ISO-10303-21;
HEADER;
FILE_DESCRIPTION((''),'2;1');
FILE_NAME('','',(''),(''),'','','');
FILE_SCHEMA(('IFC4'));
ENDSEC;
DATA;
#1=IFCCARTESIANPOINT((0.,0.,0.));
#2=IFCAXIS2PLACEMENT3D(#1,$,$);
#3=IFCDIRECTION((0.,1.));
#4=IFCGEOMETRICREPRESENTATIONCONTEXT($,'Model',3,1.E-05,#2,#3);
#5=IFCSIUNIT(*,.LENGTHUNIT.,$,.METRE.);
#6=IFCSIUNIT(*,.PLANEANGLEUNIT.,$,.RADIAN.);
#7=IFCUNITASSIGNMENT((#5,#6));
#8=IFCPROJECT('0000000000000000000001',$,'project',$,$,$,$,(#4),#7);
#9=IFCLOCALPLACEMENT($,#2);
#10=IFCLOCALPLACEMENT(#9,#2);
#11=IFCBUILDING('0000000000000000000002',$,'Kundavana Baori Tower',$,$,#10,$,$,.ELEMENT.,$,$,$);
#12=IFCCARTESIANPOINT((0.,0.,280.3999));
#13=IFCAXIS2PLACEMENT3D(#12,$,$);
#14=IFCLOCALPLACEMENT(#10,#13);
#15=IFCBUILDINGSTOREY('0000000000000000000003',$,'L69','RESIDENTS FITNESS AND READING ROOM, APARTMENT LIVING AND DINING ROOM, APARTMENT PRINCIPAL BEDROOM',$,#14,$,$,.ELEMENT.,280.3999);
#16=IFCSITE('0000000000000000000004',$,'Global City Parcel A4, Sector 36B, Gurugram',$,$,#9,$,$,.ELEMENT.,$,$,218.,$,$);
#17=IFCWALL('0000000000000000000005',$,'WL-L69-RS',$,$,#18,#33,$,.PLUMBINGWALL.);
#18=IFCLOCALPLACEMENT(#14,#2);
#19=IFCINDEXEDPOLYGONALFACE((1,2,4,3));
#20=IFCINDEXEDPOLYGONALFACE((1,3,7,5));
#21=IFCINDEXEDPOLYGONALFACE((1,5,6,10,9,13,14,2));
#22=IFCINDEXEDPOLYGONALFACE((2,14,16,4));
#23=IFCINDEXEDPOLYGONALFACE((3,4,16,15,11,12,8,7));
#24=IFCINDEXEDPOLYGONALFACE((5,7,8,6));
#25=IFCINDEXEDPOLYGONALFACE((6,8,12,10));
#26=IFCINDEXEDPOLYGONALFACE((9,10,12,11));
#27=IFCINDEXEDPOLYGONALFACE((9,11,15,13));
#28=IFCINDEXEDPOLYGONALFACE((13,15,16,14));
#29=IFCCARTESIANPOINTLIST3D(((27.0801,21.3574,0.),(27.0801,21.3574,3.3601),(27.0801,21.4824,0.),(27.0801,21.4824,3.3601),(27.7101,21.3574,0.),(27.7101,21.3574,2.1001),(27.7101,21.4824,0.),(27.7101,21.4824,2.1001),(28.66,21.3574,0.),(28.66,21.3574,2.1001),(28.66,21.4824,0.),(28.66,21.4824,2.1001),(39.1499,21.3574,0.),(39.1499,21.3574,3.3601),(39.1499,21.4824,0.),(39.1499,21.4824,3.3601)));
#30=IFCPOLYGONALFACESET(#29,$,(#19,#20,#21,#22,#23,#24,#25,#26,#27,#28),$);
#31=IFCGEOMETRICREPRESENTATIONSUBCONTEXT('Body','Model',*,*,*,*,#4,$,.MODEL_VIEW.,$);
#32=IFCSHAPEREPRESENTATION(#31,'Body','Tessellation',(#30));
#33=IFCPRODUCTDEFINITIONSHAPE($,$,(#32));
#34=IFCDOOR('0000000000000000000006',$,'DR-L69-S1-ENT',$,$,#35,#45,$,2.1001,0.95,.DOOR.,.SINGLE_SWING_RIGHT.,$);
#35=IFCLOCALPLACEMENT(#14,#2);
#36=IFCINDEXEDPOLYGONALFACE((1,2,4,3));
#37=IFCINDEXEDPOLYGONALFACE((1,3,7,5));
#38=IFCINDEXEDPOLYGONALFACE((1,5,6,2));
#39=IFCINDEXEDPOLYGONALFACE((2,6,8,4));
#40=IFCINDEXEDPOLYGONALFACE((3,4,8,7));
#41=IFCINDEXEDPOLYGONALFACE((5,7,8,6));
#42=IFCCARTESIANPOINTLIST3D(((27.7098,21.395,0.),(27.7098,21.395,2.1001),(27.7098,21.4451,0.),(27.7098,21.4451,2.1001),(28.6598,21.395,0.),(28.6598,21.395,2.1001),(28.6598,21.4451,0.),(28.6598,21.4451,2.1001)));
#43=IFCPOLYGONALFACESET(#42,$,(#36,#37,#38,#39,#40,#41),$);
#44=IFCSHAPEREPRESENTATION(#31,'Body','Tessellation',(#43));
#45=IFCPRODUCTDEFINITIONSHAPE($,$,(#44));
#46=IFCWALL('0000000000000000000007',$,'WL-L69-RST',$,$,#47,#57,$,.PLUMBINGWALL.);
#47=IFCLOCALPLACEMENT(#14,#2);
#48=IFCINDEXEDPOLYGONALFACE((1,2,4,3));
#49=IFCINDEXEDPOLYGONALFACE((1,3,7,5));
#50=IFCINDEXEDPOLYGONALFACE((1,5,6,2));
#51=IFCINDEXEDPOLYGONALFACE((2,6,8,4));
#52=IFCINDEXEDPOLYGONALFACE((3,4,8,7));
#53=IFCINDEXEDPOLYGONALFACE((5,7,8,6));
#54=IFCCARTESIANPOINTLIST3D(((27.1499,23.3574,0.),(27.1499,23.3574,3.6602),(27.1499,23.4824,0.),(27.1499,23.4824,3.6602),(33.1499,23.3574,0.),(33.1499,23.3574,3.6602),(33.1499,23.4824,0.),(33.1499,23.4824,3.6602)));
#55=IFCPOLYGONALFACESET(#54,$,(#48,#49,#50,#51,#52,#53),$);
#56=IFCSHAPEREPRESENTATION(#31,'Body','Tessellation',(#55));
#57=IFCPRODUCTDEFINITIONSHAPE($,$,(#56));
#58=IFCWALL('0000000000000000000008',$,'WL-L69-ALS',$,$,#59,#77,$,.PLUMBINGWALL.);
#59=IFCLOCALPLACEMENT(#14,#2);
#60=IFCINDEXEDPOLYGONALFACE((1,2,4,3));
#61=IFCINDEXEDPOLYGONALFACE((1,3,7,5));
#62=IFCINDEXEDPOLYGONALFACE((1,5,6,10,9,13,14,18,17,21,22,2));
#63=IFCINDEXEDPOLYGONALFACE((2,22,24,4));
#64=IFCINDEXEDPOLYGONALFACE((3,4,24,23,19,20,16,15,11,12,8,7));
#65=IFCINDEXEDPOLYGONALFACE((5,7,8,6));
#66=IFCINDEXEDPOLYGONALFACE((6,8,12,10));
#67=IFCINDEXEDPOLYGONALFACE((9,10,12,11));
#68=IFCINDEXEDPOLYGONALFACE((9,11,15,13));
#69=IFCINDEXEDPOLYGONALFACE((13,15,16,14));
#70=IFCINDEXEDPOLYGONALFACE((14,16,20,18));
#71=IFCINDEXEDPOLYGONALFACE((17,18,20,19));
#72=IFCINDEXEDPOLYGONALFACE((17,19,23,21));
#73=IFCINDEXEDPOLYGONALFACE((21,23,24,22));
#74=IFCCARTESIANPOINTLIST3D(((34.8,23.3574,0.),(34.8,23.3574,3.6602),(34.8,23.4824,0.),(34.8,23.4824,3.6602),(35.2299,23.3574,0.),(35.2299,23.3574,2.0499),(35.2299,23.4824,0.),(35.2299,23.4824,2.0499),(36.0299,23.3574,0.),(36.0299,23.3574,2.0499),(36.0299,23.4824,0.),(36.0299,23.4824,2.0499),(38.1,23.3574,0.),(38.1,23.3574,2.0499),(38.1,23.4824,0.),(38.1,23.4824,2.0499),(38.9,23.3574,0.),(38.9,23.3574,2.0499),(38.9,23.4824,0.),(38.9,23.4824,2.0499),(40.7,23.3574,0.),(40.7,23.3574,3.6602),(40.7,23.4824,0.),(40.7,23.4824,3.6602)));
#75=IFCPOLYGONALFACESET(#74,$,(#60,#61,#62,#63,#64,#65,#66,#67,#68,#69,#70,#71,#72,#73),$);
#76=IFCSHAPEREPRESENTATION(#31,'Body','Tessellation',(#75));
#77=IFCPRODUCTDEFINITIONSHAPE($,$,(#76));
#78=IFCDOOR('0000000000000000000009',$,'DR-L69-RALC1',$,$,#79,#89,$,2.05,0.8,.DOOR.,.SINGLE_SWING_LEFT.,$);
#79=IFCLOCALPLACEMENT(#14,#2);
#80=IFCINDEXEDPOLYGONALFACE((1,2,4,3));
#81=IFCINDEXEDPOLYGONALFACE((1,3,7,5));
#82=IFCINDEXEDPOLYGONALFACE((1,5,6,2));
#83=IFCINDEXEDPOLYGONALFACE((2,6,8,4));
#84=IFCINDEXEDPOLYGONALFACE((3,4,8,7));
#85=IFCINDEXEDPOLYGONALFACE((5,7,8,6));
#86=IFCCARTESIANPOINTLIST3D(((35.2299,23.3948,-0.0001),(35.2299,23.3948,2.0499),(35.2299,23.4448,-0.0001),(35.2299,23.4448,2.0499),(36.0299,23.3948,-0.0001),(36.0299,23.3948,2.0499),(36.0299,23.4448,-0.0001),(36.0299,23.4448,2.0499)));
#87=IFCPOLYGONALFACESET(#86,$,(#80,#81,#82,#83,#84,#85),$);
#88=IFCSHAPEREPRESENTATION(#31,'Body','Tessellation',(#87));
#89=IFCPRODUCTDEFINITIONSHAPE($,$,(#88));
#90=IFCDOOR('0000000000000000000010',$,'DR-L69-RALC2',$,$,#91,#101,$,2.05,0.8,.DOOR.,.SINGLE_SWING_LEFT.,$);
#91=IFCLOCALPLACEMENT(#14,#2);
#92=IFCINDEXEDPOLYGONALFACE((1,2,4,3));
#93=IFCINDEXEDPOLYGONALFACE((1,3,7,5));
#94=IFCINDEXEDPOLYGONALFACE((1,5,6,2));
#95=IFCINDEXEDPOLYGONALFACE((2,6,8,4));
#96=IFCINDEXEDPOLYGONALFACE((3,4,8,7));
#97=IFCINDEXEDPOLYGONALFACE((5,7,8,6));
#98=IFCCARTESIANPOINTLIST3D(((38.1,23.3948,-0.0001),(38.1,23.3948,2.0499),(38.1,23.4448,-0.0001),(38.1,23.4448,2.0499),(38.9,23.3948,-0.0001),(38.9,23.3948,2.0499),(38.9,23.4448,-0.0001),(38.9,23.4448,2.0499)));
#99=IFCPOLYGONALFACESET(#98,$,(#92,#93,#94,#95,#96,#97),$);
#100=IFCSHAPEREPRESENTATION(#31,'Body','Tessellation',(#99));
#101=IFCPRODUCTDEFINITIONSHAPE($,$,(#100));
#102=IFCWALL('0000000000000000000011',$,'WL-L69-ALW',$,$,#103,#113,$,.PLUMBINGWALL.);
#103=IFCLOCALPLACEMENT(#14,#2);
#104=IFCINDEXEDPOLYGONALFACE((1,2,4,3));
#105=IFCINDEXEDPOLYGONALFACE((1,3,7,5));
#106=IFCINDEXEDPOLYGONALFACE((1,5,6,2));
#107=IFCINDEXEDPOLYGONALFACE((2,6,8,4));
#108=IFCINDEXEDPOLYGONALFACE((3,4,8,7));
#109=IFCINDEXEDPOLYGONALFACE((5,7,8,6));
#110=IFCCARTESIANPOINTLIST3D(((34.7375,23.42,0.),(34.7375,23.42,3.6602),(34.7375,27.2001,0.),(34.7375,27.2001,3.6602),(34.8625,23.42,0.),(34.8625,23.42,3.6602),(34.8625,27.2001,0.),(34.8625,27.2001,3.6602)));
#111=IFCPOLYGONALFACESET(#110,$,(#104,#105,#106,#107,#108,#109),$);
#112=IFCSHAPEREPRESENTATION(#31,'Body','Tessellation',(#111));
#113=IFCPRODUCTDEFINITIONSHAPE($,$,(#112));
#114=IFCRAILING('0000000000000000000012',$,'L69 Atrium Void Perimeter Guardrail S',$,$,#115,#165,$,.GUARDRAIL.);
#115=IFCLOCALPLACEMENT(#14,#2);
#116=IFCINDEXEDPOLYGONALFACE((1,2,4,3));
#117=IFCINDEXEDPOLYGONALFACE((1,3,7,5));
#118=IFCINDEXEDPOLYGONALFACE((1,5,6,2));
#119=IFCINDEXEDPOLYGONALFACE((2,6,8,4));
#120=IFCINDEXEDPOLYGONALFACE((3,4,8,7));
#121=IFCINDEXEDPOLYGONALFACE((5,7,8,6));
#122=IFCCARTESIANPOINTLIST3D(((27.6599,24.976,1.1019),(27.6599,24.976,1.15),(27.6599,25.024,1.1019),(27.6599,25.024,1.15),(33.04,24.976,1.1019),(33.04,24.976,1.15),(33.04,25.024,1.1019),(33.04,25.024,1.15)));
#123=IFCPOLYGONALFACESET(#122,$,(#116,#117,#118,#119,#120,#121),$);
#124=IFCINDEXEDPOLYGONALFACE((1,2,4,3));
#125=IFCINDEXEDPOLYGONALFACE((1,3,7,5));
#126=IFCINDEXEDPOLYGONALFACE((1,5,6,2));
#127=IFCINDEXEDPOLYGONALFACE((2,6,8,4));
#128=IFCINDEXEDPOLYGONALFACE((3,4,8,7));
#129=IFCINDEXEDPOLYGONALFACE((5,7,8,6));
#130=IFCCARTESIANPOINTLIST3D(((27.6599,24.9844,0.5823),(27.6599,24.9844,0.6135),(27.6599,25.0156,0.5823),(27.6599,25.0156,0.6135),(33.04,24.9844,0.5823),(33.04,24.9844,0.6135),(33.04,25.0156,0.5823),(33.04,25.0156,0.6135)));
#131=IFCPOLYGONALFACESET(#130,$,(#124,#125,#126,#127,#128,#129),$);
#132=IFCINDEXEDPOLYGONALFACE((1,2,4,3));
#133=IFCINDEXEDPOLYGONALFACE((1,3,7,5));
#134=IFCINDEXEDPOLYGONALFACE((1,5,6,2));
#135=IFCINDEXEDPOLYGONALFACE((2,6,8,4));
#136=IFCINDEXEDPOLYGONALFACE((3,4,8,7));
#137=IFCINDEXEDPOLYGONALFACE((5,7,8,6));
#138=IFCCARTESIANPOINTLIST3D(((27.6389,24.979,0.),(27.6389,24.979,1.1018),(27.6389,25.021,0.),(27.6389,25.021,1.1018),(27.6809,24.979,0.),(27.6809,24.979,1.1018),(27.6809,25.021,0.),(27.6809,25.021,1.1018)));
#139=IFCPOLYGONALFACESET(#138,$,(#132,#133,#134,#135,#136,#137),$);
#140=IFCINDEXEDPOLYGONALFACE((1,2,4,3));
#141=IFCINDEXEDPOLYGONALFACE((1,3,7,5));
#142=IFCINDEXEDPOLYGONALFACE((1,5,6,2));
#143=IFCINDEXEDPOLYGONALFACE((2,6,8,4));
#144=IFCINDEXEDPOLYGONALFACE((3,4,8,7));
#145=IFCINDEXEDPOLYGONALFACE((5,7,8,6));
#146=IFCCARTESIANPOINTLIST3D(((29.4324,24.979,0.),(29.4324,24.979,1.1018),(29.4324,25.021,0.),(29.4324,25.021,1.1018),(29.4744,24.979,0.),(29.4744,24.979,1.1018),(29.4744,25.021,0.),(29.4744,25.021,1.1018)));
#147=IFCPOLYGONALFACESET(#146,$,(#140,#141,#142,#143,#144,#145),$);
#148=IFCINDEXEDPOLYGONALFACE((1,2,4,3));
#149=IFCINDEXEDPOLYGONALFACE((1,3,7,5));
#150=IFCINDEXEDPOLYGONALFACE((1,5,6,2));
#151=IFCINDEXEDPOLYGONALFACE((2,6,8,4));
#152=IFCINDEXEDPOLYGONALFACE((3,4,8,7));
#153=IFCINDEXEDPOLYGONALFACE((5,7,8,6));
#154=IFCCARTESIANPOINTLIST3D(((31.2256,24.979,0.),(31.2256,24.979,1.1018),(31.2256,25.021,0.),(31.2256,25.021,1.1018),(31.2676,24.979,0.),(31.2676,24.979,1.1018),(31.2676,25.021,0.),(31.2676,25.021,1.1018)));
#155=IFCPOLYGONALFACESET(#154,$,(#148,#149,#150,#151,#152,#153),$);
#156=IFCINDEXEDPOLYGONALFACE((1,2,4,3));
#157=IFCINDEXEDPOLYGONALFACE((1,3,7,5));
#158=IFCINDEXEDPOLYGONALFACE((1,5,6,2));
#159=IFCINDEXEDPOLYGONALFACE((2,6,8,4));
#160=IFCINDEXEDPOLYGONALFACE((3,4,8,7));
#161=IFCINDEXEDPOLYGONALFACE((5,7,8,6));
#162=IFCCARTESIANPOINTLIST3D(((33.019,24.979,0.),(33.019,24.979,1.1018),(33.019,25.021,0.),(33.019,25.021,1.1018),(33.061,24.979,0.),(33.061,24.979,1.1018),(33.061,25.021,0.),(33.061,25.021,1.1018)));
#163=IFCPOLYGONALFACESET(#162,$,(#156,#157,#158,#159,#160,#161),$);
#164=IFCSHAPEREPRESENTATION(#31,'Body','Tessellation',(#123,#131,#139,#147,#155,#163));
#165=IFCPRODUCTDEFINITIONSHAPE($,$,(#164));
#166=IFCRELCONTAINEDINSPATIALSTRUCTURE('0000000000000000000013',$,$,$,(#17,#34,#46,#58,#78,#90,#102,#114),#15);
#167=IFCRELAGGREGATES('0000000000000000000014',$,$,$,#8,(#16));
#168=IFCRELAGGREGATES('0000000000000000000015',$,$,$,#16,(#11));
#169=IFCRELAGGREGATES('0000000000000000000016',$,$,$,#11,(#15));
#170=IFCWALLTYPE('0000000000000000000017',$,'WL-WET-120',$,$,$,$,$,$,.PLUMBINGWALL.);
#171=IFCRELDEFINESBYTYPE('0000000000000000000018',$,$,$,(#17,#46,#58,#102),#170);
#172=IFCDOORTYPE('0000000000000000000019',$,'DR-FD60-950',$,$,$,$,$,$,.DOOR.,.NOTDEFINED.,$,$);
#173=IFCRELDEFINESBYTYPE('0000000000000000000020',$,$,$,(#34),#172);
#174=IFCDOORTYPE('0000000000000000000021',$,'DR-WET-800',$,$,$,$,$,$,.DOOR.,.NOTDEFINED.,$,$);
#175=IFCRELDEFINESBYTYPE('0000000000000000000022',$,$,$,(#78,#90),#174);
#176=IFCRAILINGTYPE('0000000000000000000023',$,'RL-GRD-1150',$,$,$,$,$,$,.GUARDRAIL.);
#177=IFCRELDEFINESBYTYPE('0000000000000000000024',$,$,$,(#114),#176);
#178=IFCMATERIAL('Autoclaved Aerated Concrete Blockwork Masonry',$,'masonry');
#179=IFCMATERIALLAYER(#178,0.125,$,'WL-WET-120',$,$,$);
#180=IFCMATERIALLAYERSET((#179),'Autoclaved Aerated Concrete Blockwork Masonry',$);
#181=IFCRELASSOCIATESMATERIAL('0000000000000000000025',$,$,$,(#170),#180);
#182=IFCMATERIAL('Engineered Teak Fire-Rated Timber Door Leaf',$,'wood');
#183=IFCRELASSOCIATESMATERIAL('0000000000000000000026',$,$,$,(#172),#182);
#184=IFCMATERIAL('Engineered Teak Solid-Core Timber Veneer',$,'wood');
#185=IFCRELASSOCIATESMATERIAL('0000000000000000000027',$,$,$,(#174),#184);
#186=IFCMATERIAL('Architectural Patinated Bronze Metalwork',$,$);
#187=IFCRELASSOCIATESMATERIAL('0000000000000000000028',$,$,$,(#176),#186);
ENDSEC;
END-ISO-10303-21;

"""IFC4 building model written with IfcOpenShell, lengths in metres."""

from ifc_helpers import new_model, si_unit, direction, frame, frame_2d, origin, origin_2d, place, context, subcontext, project, spatial, rectangle, extrude, material, layer, layer_set, type_object, element, fill, save


model = new_model("IFC4")

# Units and contexts
model_context = context("Model", 3, precision=1e-05, world=origin(), true_north=direction((0.0, 1.0)))
body_context = subcontext(model_context, "Body", "Model", "MODEL_VIEW")
ifc_project = project(units=[si_unit("LENGTHUNIT", "METRE"), si_unit("PLANEANGLEUNIT", "RADIAN")], contexts=[model_context])

# Site, building, storey
site_placement = place(None, origin())
site = spatial("IfcSite", under=ifc_project, at=site_placement, Name="Global City Parcel A4, Sector 36B, Gurugram", CompositionType="ELEMENT", RefElevation=218.0)
building_placement = place(site_placement, origin())
building = spatial("IfcBuilding", under=site, at=building_placement, Name="Kundavana Baori Tower", CompositionType="ELEMENT")
storey_placement = place(building_placement, frame((0.0, 0.0, 280.3999)))
storey = spatial("IfcBuildingStorey", under=building, at=storey_placement, Name="L69", Description="RESIDENTS FITNESS AND READING ROOM, APARTMENT LIVING AND DINING ROOM, APARTMENT PRINCIPAL BEDROOM", CompositionType="ELEMENT", Elevation=280.3999)

# Wall, opening, door
ifc_material_1 = material(Name="Autoclaved Aerated Concrete Blockwork Masonry", Category="masonry")
ifc_layer = layer(ifc_material_1, 0.125, Name="WL-WET-120")
ifc_layer_set = layer_set([ifc_layer], Name="Autoclaved Aerated Concrete Blockwork Masonry")
wall_type = type_object("IfcWallType", Name="WL-WET-120", PredefinedType="PLUMBINGWALL", material=ifc_layer_set)
wall_1_placement = place(storey_placement, frame((27.0801, 21.4199, 0.0), z_axis=(0.0, 0.0, 1.0), x_axis=(1.0, 0.0, 0.0)))
wall_1 = element("IfcWall", 1, at=wall_1_placement, inside=storey, type_object=wall_type, Name="WL-L69-RS", PredefinedType="PLUMBINGWALL", context=body_context, shape_type="SweptSolid", body=[
    extrude(rectangle(XDim=12.0698, YDim=0.125, at=frame_2d((6.0349, 0.0))), origin(), (0.0, 0.0, 1.0), 3.3601),
])
opening_1_placement = place(wall_1_placement, frame((0.6299, 0.0, 0.0)))
opening_1 = element("IfcOpeningElement", 2, at=opening_1_placement, cuts=wall_1, PredefinedType="OPENING", context=body_context, shape_type="SweptSolid", body=[
    extrude(rectangle(XDim=0.95, YDim=2.1001, at=frame_2d((0.4751, 1.05))), frame((0.0, 0.0725, 0.0), z_axis=(0.0, -1.0, 0.0), x_axis=(1.0, 0.0, 0.0)), (0.0, 0.0, 1.0), 0.145),
])
ifc_material_2 = material(Name="Engineered Teak Fire-Rated Timber Door Leaf", Category="wood")
door_type_1 = type_object("IfcDoorType", Name="DR-FD60-950", OperationType="NOTDEFINED", PredefinedType="DOOR", material=ifc_material_2)
door_1_placement = place(opening_1_placement, frame((0.95, 0.0, 0.0), z_axis=(0.0, 0.0, 1.0), x_axis=(-1.0, 0.0, 0.0)))
door_1 = element("IfcDoor", 3, at=door_1_placement, inside=storey, type_object=door_type_1, Name="DR-L69-S1-ENT", OperationType="SINGLE_SWING_RIGHT", OverallHeight=2.1001, OverallWidth=0.95, PredefinedType="DOOR", context=body_context, shape_type="SweptSolid", body=[
    extrude(rectangle(XDim=0.95, YDim=2.1001, at=frame_2d((0.4751, 1.05))), frame((0.0, 0.0249, 0.0), z_axis=(0.0, -1.0, 0.0), x_axis=(1.0, 0.0, 0.0)), (0.0, 0.0, 1.0), 0.05),
])
fill(opening_1, door_1)

# Wall
wall_2_placement = place(storey_placement, frame((27.1499, 23.4199, 0.0), z_axis=(0.0, 0.0, 1.0), x_axis=(1.0, 0.0, 0.0)))
element("IfcWall", 4, at=wall_2_placement, inside=storey, type_object=wall_type, Name="WL-L69-RST", PredefinedType="PLUMBINGWALL", context=body_context, shape_type="SweptSolid", body=[
    extrude(rectangle(XDim=6.0, YDim=0.125, at=frame_2d((3.0, 0.0))), origin(), (0.0, 0.0, 1.0), 3.6602),
])

# Wall, openings, doors
wall_3_placement = place(storey_placement, frame((34.8, 23.4199, 0.0), z_axis=(0.0, 0.0, 1.0), x_axis=(1.0, 0.0, 0.0)))
wall_3 = element("IfcWall", 5, at=wall_3_placement, inside=storey, type_object=wall_type, Name="WL-L69-ALS", PredefinedType="PLUMBINGWALL", context=body_context, shape_type="SweptSolid", body=[
    extrude(rectangle(XDim=5.8999, YDim=0.125, at=frame_2d((2.95, 0.0))), origin(), (0.0, 0.0, 1.0), 3.6602),
])
opening_2_placement = place(wall_3_placement, frame((0.4299, 0.0, 0.0)))
opening_2 = element("IfcOpeningElement", 6, at=opening_2_placement, cuts=wall_3, PredefinedType="OPENING", context=body_context, shape_type="SweptSolid", body=[
    extrude(rectangle(XDim=0.8, YDim=2.05, at=frame_2d((0.3999, 1.0249))), frame((0.0, 0.0725, 0.0), z_axis=(0.0, -1.0, 0.0), x_axis=(1.0, 0.0, 0.0)), (0.0, 0.0, 1.0), 0.145),
])
opening_3_placement = place(wall_3_placement, frame((3.3, 0.0, 0.0)))
opening_3 = element("IfcOpeningElement", 7, at=opening_3_placement, cuts=wall_3, PredefinedType="OPENING", context=body_context, shape_type="SweptSolid", body=[
    extrude(rectangle(XDim=0.8, YDim=2.05, at=frame_2d((0.3999, 1.0249))), frame((0.0, 0.0725, 0.0), z_axis=(0.0, -1.0, 0.0), x_axis=(1.0, 0.0, 0.0)), (0.0, 0.0, 1.0), 0.145),
])
ifc_material_3 = material(Name="Engineered Teak Solid-Core Timber Veneer", Category="wood")
door_type_2 = type_object("IfcDoorType", Name="DR-WET-800", OperationType="NOTDEFINED", PredefinedType="DOOR", material=ifc_material_3)
door_2_placement = place(opening_2_placement, origin())
door_2 = element("IfcDoor", 8, at=door_2_placement, inside=storey, type_object=door_type_2, Name="DR-L69-RALC1", OperationType="SINGLE_SWING_LEFT", OverallHeight=2.05, OverallWidth=0.8, PredefinedType="DOOR", context=body_context, shape_type="SweptSolid", body=[
    extrude(rectangle(XDim=0.8, YDim=2.05, at=frame_2d((0.3999, 1.0249))), frame((0.0, 0.0249, 0.0), z_axis=(0.0, -1.0, 0.0), x_axis=(1.0, 0.0, 0.0)), (0.0, 0.0, 1.0), 0.05),
])
fill(opening_2, door_2)
door_3_placement = place(opening_3_placement, origin())
door_3 = element("IfcDoor", 9, at=door_3_placement, inside=storey, type_object=door_type_2, Name="DR-L69-RALC2", OperationType="SINGLE_SWING_LEFT", OverallHeight=2.05, OverallWidth=0.8, PredefinedType="DOOR", context=body_context, shape_type="SweptSolid", body=[
    extrude(rectangle(XDim=0.8, YDim=2.05, at=frame_2d((0.3999, 1.0249))), frame((0.0, 0.0249, 0.0), z_axis=(0.0, -1.0, 0.0), x_axis=(1.0, 0.0, 0.0)), (0.0, 0.0, 1.0), 0.05),
])
fill(opening_3, door_3)

# Wall
wall_4_placement = place(storey_placement, frame((34.8, 23.4199, 0.0), z_axis=(0.0, 0.0, 1.0), x_axis=(0.0, 1.0, 0.0)))
element("IfcWall", 10, at=wall_4_placement, inside=storey, type_object=wall_type, Name="WL-L69-ALW", PredefinedType="PLUMBINGWALL", context=body_context, shape_type="SweptSolid", body=[
    extrude(rectangle(XDim=3.78, YDim=0.125, at=frame_2d((1.8901, 0.0))), origin(), (0.0, 0.0, 1.0), 3.6602),
])

# Railing
ifc_material_4 = material(Name="Architectural Patinated Bronze Metalwork")
railing_type = type_object("IfcRailingType", Name="RL-GRD-1150", PredefinedType="GUARDRAIL", material=ifc_material_4)
railing_placement = place(storey_placement, frame((27.6599, 25.0, 0.0)))
element("IfcRailing", 11, at=railing_placement, inside=storey, type_object=railing_type, Name="L69 Atrium Void Perimeter Guardrail S", PredefinedType="GUARDRAIL", context=body_context, shape_type="SweptSolid", body=[
    extrude(rectangle(XDim=0.0481, YDim=0.0481, at=origin_2d()), frame((0.0, 0.0, 1.126), z_axis=(1.0, 0.0, 0.0), x_axis=(0.0, 1.0, 0.0)), (0.0, 0.0, 1.0), 5.3801),
    extrude(rectangle(XDim=0.0312, YDim=0.0312, at=origin_2d()), frame((0.0, 0.0, 0.5979), z_axis=(1.0, 0.0, 0.0), x_axis=(0.0, 1.0, 0.0)), (0.0, 0.0, 1.0), 5.3801),
    extrude(rectangle(XDim=0.042, YDim=0.042, at=origin_2d()), origin(), (0.0, 0.0, 1.0), 1.1018),
    extrude(rectangle(XDim=0.042, YDim=0.042, at=origin_2d()), frame((1.7935, 0.0, 0.0)), (0.0, 0.0, 1.0), 1.1018),
    extrude(rectangle(XDim=0.042, YDim=0.042, at=origin_2d()), frame((3.5867, 0.0, 0.0)), (0.0, 0.0, 1.0), 1.1018),
    extrude(rectangle(XDim=0.042, YDim=0.042, at=origin_2d()), frame((5.3801, 0.0, 0.0)), (0.0, 0.0, 1.0), 1.1018),
])

save(model, "model.ifc")
